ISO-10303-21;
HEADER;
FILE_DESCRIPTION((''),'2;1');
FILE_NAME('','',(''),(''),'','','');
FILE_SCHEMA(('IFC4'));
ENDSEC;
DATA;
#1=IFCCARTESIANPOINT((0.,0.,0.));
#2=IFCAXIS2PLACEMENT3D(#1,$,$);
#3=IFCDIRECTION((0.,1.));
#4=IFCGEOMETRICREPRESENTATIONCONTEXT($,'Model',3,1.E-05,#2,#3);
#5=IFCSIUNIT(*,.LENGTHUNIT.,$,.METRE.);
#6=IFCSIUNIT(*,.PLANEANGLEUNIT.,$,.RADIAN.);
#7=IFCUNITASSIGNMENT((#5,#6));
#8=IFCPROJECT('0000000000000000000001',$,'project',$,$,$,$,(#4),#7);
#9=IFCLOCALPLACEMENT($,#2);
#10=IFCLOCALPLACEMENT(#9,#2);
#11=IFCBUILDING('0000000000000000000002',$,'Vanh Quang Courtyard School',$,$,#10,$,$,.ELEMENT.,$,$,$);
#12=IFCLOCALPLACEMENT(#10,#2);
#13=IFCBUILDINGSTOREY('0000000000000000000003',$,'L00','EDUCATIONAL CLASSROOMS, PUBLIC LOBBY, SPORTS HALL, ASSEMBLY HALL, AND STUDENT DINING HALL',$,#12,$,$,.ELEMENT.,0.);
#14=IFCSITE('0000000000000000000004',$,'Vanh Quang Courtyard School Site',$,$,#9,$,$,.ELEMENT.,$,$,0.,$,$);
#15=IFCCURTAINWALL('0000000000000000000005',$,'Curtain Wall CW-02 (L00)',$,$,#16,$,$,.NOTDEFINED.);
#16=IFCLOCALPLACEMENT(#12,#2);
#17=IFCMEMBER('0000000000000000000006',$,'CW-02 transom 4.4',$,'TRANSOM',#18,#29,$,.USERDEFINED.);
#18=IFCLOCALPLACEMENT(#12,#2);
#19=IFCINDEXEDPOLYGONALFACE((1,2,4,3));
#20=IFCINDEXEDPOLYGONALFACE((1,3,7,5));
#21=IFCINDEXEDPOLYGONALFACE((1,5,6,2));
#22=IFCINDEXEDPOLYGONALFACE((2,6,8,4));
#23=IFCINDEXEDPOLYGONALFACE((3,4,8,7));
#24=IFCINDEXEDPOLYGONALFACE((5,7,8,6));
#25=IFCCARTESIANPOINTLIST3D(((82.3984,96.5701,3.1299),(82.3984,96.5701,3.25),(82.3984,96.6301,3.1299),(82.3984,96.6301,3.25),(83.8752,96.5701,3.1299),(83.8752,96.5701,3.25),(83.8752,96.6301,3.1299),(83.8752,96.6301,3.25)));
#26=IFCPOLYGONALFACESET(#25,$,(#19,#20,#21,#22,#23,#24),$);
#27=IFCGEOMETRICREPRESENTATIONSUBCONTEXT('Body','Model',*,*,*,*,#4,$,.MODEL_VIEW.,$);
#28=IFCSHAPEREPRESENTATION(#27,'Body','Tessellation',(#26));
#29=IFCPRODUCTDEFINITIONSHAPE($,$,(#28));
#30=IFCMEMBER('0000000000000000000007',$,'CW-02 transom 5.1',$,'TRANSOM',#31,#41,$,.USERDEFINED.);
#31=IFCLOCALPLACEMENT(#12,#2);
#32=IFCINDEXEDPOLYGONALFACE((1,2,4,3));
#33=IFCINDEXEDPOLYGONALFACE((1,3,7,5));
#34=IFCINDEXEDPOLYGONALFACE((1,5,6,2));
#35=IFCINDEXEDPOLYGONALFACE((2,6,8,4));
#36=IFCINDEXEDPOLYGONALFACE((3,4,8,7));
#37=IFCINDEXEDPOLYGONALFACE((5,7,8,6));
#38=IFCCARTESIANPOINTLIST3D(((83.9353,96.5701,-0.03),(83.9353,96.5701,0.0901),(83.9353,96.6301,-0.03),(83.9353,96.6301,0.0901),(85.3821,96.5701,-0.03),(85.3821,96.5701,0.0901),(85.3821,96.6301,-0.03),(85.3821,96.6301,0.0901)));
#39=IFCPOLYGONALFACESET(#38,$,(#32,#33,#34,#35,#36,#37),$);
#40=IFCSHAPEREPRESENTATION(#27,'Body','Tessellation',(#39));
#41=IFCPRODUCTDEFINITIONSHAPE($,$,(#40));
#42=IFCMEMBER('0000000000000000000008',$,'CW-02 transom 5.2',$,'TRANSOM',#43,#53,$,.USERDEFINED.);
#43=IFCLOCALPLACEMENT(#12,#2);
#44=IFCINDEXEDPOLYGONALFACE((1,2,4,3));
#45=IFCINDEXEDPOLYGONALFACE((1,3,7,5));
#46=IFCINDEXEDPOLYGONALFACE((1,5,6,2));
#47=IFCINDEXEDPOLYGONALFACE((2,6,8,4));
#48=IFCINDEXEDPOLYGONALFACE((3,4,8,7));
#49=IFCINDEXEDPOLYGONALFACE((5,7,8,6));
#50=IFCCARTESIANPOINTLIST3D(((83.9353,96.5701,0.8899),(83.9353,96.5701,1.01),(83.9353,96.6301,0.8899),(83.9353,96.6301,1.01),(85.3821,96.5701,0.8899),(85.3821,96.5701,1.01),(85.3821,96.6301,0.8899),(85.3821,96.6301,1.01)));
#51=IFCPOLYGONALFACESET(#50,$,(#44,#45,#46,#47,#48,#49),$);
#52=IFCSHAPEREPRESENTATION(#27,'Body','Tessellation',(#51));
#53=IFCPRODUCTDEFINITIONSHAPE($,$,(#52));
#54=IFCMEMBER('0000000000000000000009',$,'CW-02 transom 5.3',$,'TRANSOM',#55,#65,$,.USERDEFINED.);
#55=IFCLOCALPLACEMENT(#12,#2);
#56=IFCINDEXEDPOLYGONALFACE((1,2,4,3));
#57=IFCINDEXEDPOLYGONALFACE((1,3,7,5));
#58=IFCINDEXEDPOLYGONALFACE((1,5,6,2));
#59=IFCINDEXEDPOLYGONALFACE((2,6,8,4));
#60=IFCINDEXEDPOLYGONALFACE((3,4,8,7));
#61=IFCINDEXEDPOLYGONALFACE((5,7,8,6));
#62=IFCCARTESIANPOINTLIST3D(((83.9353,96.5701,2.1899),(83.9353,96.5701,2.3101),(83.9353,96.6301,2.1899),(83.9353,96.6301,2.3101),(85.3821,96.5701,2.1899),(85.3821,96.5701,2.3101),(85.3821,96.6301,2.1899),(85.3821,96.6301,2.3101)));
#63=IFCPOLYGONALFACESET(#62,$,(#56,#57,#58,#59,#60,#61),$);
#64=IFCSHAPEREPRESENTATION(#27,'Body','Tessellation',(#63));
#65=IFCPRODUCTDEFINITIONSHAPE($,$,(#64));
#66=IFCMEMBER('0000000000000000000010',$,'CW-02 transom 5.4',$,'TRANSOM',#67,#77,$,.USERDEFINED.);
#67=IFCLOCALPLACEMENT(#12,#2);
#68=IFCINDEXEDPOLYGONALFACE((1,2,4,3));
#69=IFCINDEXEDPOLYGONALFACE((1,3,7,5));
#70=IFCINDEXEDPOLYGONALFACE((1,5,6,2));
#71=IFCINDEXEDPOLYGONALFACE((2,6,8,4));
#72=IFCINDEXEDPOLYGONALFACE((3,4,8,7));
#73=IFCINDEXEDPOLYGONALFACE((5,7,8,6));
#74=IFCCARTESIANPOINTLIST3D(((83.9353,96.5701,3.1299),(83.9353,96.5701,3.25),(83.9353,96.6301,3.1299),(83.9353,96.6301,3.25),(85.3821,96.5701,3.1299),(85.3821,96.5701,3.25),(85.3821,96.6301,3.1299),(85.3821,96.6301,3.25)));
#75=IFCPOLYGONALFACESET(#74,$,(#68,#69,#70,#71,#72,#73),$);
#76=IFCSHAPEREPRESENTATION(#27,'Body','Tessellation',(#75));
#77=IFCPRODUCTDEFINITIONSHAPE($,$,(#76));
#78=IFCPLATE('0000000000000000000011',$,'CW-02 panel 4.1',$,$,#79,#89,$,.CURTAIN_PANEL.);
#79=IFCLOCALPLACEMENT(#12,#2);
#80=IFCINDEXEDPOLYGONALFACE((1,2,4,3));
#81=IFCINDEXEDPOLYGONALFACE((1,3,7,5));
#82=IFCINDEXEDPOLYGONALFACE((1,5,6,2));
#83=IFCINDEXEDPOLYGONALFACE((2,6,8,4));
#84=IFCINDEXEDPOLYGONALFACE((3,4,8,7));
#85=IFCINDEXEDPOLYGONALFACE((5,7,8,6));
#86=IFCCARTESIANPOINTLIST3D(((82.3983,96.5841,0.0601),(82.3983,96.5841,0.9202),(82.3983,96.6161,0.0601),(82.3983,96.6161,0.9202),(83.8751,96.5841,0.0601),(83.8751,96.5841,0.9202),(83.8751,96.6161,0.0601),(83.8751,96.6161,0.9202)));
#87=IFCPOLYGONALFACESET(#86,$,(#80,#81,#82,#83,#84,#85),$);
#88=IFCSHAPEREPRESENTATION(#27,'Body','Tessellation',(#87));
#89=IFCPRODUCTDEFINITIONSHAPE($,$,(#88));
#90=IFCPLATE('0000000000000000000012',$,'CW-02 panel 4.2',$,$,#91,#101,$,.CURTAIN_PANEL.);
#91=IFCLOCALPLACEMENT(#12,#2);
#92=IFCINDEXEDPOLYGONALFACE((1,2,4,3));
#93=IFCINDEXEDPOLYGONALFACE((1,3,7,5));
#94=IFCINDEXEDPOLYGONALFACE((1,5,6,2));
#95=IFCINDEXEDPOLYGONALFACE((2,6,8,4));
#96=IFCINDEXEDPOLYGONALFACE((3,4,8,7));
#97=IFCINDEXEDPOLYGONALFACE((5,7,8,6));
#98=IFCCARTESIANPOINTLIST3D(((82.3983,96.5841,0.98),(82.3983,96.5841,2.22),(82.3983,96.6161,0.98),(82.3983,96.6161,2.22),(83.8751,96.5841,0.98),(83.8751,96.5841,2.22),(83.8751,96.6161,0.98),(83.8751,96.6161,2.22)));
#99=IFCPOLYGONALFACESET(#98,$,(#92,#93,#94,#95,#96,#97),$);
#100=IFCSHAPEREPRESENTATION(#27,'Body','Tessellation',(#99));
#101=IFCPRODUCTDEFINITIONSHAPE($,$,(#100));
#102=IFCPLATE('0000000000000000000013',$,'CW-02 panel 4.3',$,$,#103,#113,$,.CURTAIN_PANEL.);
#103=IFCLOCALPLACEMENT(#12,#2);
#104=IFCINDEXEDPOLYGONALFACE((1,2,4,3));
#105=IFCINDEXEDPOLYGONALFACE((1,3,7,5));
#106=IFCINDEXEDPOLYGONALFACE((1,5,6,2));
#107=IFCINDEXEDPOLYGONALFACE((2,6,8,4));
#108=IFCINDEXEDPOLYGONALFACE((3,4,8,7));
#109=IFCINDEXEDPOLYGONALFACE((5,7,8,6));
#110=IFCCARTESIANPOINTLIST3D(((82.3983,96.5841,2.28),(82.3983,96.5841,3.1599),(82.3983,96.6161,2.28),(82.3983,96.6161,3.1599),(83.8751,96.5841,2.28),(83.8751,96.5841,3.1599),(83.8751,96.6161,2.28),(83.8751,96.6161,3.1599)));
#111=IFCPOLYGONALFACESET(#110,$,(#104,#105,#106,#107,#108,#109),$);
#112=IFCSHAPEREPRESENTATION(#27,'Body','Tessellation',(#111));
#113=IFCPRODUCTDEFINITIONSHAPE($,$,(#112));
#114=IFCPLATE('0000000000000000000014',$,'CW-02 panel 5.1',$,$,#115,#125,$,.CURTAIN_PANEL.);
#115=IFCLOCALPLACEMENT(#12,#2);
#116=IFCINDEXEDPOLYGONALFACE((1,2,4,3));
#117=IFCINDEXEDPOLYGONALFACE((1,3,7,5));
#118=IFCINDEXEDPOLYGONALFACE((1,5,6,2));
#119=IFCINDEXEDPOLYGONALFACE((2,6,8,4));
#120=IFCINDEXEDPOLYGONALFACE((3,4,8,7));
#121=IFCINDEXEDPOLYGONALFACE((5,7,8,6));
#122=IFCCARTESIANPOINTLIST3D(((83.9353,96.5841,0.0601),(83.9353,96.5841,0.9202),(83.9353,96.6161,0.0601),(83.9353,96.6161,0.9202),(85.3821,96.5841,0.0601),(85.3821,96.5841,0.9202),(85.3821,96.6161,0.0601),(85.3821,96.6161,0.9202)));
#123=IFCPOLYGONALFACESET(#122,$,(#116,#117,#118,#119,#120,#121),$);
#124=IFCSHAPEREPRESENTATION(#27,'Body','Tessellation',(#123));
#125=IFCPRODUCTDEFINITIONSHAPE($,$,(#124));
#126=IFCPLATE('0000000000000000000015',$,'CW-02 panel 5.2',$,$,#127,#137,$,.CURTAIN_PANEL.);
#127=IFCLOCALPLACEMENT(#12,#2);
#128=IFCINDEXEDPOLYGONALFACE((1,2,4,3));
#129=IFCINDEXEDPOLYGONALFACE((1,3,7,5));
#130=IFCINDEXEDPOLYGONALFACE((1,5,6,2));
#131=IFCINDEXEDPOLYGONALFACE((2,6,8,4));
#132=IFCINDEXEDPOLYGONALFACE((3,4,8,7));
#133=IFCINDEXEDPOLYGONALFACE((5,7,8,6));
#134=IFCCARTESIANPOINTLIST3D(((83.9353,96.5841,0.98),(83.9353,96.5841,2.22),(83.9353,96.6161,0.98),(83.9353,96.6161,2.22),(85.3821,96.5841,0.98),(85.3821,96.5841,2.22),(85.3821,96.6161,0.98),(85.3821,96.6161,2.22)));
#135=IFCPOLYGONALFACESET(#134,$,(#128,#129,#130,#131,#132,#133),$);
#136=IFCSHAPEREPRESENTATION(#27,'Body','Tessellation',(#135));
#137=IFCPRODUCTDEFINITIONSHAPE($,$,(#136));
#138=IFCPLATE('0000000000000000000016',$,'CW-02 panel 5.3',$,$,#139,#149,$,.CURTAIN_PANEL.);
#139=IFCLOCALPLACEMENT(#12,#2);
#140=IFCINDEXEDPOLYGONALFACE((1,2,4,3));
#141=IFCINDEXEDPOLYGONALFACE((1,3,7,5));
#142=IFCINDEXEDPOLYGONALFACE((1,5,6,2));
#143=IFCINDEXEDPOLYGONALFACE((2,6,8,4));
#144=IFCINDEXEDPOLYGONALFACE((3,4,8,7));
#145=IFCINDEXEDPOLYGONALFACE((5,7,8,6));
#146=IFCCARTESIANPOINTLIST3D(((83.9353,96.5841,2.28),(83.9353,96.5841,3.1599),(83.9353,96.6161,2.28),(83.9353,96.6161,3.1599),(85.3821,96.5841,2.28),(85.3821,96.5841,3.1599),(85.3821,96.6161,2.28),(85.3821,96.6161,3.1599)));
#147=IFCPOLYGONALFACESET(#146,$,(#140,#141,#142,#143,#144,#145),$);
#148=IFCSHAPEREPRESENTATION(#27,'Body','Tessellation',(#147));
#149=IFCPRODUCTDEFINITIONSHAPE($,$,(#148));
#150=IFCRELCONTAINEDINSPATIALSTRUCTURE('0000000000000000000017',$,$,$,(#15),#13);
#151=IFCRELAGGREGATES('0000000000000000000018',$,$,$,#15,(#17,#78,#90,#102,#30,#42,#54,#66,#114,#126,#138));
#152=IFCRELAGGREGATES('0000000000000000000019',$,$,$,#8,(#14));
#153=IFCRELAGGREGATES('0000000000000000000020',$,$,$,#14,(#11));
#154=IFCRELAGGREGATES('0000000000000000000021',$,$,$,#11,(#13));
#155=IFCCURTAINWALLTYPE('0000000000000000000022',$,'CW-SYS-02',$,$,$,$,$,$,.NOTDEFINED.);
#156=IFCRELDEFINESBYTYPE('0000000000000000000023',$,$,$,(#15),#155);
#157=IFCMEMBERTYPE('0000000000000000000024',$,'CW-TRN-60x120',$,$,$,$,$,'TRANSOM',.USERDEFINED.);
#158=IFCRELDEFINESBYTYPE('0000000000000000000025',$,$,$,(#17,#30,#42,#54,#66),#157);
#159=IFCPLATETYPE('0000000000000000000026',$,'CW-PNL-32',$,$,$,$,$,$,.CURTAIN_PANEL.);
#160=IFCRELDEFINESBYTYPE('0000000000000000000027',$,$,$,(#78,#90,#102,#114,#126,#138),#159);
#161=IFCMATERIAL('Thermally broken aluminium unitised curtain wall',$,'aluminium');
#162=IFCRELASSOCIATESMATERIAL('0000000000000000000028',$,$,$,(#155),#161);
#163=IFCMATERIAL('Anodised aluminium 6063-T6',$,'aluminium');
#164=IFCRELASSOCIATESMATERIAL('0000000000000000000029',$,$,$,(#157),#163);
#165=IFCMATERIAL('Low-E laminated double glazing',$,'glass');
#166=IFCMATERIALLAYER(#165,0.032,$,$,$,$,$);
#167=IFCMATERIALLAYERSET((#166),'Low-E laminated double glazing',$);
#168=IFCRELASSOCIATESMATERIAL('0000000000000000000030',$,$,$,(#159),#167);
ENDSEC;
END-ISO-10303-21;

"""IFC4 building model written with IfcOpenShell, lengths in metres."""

from ifc_helpers import new_model, si_unit, direction, frame, origin, origin_2d, place, context, subcontext, project, spatial, rectangle, extrude, material, layer, layer_set, material_profile, profile_set, type_object, element, aggregate, save


model = new_model("IFC4")

# Units and contexts
model_context = context("Model", 3, precision=1e-05, world=origin(), true_north=direction((0.0, 1.0)))
body_context = subcontext(model_context, "Body", "Model", "MODEL_VIEW")
ifc_project = project(units=[si_unit("LENGTHUNIT", "METRE"), si_unit("PLANEANGLEUNIT", "RADIAN")], contexts=[model_context])

# Site, building, storey
site_placement = place(None, origin())
site = spatial("IfcSite", under=ifc_project, at=site_placement, Name="Vanh Quang Courtyard School Site", CompositionType="ELEMENT", RefElevation=0.0)
building_placement = place(site_placement, origin())
building = spatial("IfcBuilding", under=site, at=building_placement, Name="Vanh Quang Courtyard School", CompositionType="ELEMENT")
storey_placement = place(building_placement, origin())
storey = spatial("IfcBuildingStorey", under=building, at=storey_placement, Name="L00", Description="EDUCATIONAL CLASSROOMS, PUBLIC LOBBY, SPORTS HALL, ASSEMBLY HALL, AND STUDENT DINING HALL", CompositionType="ELEMENT", Elevation=0.0)

# Curtain wall, members, plates
ifc_material_1 = material(Name="Thermally broken aluminium unitised curtain wall", Category="aluminium")
curtain_wall_type = type_object("IfcCurtainWallType", Name="CW-SYS-02", PredefinedType="NOTDEFINED", material=ifc_material_1)
curtain_wall_placement = place(storey_placement, origin())
curtain_wall = element("IfcCurtainWall", 1, at=curtain_wall_placement, inside=storey, type_object=curtain_wall_type, Name="Curtain Wall CW-02 (L00)", PredefinedType="NOTDEFINED")
ifc_material_2 = material(Name="Anodised aluminium 6063-T6", Category="aluminium")
ifc_material_profile_1 = material_profile(ifc_material_2, rectangle(XDim=0.0601, YDim=0.1201, at=origin_2d()), Name="ALU-TRN 60x120")
ifc_profile_set_1 = profile_set([ifc_material_profile_1], Name="Anodised aluminium 6063-T6")
member_type_1 = type_object("IfcMemberType", Name="CW-TRN-60x120", ElementType="TRANSOM", PredefinedType="USERDEFINED", material=ifc_profile_set_1)
member_1_placement = place(storey_placement, frame((82.3984, 96.6001, 3.1899), z_axis=(1.0, 0.0, 0.0), x_axis=(0.0, 1.0, 0.0)))
member_1 = element("IfcMember", 2, at=member_1_placement, type_object=member_type_1, Name="CW-02 transom 4.4", ObjectType="TRANSOM", PredefinedType="USERDEFINED", context=body_context, shape_type="SweptSolid", body=[
    extrude(rectangle(XDim=0.0601, YDim=0.1201, at=origin_2d()), origin(), (0.0, 0.0, 1.0), 1.4768),
])
member_2_placement = place(storey_placement, frame((83.9353, 96.6001, 0.03), z_axis=(1.0, 0.0, 0.0), x_axis=(0.0, 1.0, 0.0)))
member_2 = element("IfcMember", 3, at=member_2_placement, type_object=member_type_1, Name="CW-02 transom 5.1", ObjectType="TRANSOM", PredefinedType="USERDEFINED", context=body_context, shape_type="SweptSolid", body=[
    extrude(rectangle(XDim=0.0601, YDim=0.1201, at=origin_2d()), origin(), (0.0, 0.0, 1.0), 1.4468),
])
member_3_placement = place(storey_placement, frame((83.9353, 96.6001, 0.95), z_axis=(1.0, 0.0, 0.0), x_axis=(0.0, 1.0, 0.0)))
member_3 = element("IfcMember", 4, at=member_3_placement, type_object=member_type_1, Name="CW-02 transom 5.2", ObjectType="TRANSOM", PredefinedType="USERDEFINED", context=body_context, shape_type="SweptSolid", body=[
    extrude(rectangle(XDim=0.0601, YDim=0.1201, at=origin_2d()), origin(), (0.0, 0.0, 1.0), 1.4468),
])
member_4_placement = place(storey_placement, frame((83.9353, 96.6001, 2.25), z_axis=(1.0, 0.0, 0.0), x_axis=(0.0, 1.0, 0.0)))
member_4 = element("IfcMember", 5, at=member_4_placement, type_object=member_type_1, Name="CW-02 transom 5.3", ObjectType="TRANSOM", PredefinedType="USERDEFINED", context=body_context, shape_type="SweptSolid", body=[
    extrude(rectangle(XDim=0.0601, YDim=0.1201, at=origin_2d()), origin(), (0.0, 0.0, 1.0), 1.4468),
])
member_5_placement = place(storey_placement, frame((83.9353, 96.6001, 3.1899), z_axis=(1.0, 0.0, 0.0), x_axis=(0.0, 1.0, 0.0)))
member_5 = element("IfcMember", 6, at=member_5_placement, type_object=member_type_1, Name="CW-02 transom 5.4", ObjectType="TRANSOM", PredefinedType="USERDEFINED", context=body_context, shape_type="SweptSolid", body=[
    extrude(rectangle(XDim=0.0601, YDim=0.1201, at=origin_2d()), origin(), (0.0, 0.0, 1.0), 1.4468),
])
ifc_material_3 = material(Name="Low-E laminated double glazing", Category="glass")
ifc_layer = layer(ifc_material_3, 0.032)
ifc_layer_set = layer_set([ifc_layer], Name="Low-E laminated double glazing")
plate_type = type_object("IfcPlateType", Name="CW-PNL-32", PredefinedType="CURTAIN_PANEL", material=ifc_layer_set)
plate_1_placement = place(storey_placement, frame((83.1367, 96.6001, 0.0601), z_axis=(0.0, 0.0, 1.0), x_axis=(1.0, 0.0, 0.0)))
plate_1 = element("IfcPlate", 7, at=plate_1_placement, type_object=plate_type, Name="CW-02 panel 4.1", PredefinedType="CURTAIN_PANEL", context=body_context, shape_type="SweptSolid", body=[
    extrude(rectangle(XDim=1.4768, YDim=0.032, at=origin_2d()), origin(), (0.0, 0.0, 1.0), 0.8601),
])
plate_2_placement = place(storey_placement, frame((83.1367, 96.6001, 0.98), z_axis=(0.0, 0.0, 1.0), x_axis=(1.0, 0.0, 0.0)))
plate_2 = element("IfcPlate", 8, at=plate_2_placement, type_object=plate_type, Name="CW-02 panel 4.2", PredefinedType="CURTAIN_PANEL", context=body_context, shape_type="SweptSolid", body=[
    extrude(rectangle(XDim=1.4768, YDim=0.032, at=origin_2d()), origin(), (0.0, 0.0, 1.0), 1.24),
])
plate_3_placement = place(storey_placement, frame((83.1367, 96.6001, 2.28), z_axis=(0.0, 0.0, 1.0), x_axis=(1.0, 0.0, 0.0)))
plate_3 = element("IfcPlate", 9, at=plate_3_placement, type_object=plate_type, Name="CW-02 panel 4.3", PredefinedType="CURTAIN_PANEL", context=body_context, shape_type="SweptSolid", body=[
    extrude(rectangle(XDim=1.4768, YDim=0.032, at=origin_2d()), origin(), (0.0, 0.0, 1.0), 0.8799),
])
plate_4_placement = place(storey_placement, frame((84.6587, 96.6001, 0.0601), z_axis=(0.0, 0.0, 1.0), x_axis=(1.0, 0.0, 0.0)))
plate_4 = element("IfcPlate", 10, at=plate_4_placement, type_object=plate_type, Name="CW-02 panel 5.1", PredefinedType="CURTAIN_PANEL", context=body_context, shape_type="SweptSolid", body=[
    extrude(rectangle(XDim=1.4468, YDim=0.032, at=origin_2d()), origin(), (0.0, 0.0, 1.0), 0.8601),
])
plate_5_placement = place(storey_placement, frame((84.6587, 96.6001, 0.98), z_axis=(0.0, 0.0, 1.0), x_axis=(1.0, 0.0, 0.0)))
plate_5 = element("IfcPlate", 11, at=plate_5_placement, type_object=plate_type, Name="CW-02 panel 5.2", PredefinedType="CURTAIN_PANEL", context=body_context, shape_type="SweptSolid", body=[
    extrude(rectangle(XDim=1.4468, YDim=0.032, at=origin_2d()), origin(), (0.0, 0.0, 1.0), 1.24),
])
plate_6_placement = place(storey_placement, frame((84.6587, 96.6001, 2.28), z_axis=(0.0, 0.0, 1.0), x_axis=(1.0, 0.0, 0.0)))
plate_6 = element("IfcPlate", 12, at=plate_6_placement, type_object=plate_type, Name="CW-02 panel 5.3", PredefinedType="CURTAIN_PANEL", context=body_context, shape_type="SweptSolid", body=[
    extrude(rectangle(XDim=1.4468, YDim=0.032, at=origin_2d()), origin(), (0.0, 0.0, 1.0), 0.8799),
])
aggregate(curtain_wall, [member_1, plate_1, plate_2, plate_3, member_2, member_3, member_4, member_5, plate_4, plate_5, plate_6])

save(model, "model.ifc")
